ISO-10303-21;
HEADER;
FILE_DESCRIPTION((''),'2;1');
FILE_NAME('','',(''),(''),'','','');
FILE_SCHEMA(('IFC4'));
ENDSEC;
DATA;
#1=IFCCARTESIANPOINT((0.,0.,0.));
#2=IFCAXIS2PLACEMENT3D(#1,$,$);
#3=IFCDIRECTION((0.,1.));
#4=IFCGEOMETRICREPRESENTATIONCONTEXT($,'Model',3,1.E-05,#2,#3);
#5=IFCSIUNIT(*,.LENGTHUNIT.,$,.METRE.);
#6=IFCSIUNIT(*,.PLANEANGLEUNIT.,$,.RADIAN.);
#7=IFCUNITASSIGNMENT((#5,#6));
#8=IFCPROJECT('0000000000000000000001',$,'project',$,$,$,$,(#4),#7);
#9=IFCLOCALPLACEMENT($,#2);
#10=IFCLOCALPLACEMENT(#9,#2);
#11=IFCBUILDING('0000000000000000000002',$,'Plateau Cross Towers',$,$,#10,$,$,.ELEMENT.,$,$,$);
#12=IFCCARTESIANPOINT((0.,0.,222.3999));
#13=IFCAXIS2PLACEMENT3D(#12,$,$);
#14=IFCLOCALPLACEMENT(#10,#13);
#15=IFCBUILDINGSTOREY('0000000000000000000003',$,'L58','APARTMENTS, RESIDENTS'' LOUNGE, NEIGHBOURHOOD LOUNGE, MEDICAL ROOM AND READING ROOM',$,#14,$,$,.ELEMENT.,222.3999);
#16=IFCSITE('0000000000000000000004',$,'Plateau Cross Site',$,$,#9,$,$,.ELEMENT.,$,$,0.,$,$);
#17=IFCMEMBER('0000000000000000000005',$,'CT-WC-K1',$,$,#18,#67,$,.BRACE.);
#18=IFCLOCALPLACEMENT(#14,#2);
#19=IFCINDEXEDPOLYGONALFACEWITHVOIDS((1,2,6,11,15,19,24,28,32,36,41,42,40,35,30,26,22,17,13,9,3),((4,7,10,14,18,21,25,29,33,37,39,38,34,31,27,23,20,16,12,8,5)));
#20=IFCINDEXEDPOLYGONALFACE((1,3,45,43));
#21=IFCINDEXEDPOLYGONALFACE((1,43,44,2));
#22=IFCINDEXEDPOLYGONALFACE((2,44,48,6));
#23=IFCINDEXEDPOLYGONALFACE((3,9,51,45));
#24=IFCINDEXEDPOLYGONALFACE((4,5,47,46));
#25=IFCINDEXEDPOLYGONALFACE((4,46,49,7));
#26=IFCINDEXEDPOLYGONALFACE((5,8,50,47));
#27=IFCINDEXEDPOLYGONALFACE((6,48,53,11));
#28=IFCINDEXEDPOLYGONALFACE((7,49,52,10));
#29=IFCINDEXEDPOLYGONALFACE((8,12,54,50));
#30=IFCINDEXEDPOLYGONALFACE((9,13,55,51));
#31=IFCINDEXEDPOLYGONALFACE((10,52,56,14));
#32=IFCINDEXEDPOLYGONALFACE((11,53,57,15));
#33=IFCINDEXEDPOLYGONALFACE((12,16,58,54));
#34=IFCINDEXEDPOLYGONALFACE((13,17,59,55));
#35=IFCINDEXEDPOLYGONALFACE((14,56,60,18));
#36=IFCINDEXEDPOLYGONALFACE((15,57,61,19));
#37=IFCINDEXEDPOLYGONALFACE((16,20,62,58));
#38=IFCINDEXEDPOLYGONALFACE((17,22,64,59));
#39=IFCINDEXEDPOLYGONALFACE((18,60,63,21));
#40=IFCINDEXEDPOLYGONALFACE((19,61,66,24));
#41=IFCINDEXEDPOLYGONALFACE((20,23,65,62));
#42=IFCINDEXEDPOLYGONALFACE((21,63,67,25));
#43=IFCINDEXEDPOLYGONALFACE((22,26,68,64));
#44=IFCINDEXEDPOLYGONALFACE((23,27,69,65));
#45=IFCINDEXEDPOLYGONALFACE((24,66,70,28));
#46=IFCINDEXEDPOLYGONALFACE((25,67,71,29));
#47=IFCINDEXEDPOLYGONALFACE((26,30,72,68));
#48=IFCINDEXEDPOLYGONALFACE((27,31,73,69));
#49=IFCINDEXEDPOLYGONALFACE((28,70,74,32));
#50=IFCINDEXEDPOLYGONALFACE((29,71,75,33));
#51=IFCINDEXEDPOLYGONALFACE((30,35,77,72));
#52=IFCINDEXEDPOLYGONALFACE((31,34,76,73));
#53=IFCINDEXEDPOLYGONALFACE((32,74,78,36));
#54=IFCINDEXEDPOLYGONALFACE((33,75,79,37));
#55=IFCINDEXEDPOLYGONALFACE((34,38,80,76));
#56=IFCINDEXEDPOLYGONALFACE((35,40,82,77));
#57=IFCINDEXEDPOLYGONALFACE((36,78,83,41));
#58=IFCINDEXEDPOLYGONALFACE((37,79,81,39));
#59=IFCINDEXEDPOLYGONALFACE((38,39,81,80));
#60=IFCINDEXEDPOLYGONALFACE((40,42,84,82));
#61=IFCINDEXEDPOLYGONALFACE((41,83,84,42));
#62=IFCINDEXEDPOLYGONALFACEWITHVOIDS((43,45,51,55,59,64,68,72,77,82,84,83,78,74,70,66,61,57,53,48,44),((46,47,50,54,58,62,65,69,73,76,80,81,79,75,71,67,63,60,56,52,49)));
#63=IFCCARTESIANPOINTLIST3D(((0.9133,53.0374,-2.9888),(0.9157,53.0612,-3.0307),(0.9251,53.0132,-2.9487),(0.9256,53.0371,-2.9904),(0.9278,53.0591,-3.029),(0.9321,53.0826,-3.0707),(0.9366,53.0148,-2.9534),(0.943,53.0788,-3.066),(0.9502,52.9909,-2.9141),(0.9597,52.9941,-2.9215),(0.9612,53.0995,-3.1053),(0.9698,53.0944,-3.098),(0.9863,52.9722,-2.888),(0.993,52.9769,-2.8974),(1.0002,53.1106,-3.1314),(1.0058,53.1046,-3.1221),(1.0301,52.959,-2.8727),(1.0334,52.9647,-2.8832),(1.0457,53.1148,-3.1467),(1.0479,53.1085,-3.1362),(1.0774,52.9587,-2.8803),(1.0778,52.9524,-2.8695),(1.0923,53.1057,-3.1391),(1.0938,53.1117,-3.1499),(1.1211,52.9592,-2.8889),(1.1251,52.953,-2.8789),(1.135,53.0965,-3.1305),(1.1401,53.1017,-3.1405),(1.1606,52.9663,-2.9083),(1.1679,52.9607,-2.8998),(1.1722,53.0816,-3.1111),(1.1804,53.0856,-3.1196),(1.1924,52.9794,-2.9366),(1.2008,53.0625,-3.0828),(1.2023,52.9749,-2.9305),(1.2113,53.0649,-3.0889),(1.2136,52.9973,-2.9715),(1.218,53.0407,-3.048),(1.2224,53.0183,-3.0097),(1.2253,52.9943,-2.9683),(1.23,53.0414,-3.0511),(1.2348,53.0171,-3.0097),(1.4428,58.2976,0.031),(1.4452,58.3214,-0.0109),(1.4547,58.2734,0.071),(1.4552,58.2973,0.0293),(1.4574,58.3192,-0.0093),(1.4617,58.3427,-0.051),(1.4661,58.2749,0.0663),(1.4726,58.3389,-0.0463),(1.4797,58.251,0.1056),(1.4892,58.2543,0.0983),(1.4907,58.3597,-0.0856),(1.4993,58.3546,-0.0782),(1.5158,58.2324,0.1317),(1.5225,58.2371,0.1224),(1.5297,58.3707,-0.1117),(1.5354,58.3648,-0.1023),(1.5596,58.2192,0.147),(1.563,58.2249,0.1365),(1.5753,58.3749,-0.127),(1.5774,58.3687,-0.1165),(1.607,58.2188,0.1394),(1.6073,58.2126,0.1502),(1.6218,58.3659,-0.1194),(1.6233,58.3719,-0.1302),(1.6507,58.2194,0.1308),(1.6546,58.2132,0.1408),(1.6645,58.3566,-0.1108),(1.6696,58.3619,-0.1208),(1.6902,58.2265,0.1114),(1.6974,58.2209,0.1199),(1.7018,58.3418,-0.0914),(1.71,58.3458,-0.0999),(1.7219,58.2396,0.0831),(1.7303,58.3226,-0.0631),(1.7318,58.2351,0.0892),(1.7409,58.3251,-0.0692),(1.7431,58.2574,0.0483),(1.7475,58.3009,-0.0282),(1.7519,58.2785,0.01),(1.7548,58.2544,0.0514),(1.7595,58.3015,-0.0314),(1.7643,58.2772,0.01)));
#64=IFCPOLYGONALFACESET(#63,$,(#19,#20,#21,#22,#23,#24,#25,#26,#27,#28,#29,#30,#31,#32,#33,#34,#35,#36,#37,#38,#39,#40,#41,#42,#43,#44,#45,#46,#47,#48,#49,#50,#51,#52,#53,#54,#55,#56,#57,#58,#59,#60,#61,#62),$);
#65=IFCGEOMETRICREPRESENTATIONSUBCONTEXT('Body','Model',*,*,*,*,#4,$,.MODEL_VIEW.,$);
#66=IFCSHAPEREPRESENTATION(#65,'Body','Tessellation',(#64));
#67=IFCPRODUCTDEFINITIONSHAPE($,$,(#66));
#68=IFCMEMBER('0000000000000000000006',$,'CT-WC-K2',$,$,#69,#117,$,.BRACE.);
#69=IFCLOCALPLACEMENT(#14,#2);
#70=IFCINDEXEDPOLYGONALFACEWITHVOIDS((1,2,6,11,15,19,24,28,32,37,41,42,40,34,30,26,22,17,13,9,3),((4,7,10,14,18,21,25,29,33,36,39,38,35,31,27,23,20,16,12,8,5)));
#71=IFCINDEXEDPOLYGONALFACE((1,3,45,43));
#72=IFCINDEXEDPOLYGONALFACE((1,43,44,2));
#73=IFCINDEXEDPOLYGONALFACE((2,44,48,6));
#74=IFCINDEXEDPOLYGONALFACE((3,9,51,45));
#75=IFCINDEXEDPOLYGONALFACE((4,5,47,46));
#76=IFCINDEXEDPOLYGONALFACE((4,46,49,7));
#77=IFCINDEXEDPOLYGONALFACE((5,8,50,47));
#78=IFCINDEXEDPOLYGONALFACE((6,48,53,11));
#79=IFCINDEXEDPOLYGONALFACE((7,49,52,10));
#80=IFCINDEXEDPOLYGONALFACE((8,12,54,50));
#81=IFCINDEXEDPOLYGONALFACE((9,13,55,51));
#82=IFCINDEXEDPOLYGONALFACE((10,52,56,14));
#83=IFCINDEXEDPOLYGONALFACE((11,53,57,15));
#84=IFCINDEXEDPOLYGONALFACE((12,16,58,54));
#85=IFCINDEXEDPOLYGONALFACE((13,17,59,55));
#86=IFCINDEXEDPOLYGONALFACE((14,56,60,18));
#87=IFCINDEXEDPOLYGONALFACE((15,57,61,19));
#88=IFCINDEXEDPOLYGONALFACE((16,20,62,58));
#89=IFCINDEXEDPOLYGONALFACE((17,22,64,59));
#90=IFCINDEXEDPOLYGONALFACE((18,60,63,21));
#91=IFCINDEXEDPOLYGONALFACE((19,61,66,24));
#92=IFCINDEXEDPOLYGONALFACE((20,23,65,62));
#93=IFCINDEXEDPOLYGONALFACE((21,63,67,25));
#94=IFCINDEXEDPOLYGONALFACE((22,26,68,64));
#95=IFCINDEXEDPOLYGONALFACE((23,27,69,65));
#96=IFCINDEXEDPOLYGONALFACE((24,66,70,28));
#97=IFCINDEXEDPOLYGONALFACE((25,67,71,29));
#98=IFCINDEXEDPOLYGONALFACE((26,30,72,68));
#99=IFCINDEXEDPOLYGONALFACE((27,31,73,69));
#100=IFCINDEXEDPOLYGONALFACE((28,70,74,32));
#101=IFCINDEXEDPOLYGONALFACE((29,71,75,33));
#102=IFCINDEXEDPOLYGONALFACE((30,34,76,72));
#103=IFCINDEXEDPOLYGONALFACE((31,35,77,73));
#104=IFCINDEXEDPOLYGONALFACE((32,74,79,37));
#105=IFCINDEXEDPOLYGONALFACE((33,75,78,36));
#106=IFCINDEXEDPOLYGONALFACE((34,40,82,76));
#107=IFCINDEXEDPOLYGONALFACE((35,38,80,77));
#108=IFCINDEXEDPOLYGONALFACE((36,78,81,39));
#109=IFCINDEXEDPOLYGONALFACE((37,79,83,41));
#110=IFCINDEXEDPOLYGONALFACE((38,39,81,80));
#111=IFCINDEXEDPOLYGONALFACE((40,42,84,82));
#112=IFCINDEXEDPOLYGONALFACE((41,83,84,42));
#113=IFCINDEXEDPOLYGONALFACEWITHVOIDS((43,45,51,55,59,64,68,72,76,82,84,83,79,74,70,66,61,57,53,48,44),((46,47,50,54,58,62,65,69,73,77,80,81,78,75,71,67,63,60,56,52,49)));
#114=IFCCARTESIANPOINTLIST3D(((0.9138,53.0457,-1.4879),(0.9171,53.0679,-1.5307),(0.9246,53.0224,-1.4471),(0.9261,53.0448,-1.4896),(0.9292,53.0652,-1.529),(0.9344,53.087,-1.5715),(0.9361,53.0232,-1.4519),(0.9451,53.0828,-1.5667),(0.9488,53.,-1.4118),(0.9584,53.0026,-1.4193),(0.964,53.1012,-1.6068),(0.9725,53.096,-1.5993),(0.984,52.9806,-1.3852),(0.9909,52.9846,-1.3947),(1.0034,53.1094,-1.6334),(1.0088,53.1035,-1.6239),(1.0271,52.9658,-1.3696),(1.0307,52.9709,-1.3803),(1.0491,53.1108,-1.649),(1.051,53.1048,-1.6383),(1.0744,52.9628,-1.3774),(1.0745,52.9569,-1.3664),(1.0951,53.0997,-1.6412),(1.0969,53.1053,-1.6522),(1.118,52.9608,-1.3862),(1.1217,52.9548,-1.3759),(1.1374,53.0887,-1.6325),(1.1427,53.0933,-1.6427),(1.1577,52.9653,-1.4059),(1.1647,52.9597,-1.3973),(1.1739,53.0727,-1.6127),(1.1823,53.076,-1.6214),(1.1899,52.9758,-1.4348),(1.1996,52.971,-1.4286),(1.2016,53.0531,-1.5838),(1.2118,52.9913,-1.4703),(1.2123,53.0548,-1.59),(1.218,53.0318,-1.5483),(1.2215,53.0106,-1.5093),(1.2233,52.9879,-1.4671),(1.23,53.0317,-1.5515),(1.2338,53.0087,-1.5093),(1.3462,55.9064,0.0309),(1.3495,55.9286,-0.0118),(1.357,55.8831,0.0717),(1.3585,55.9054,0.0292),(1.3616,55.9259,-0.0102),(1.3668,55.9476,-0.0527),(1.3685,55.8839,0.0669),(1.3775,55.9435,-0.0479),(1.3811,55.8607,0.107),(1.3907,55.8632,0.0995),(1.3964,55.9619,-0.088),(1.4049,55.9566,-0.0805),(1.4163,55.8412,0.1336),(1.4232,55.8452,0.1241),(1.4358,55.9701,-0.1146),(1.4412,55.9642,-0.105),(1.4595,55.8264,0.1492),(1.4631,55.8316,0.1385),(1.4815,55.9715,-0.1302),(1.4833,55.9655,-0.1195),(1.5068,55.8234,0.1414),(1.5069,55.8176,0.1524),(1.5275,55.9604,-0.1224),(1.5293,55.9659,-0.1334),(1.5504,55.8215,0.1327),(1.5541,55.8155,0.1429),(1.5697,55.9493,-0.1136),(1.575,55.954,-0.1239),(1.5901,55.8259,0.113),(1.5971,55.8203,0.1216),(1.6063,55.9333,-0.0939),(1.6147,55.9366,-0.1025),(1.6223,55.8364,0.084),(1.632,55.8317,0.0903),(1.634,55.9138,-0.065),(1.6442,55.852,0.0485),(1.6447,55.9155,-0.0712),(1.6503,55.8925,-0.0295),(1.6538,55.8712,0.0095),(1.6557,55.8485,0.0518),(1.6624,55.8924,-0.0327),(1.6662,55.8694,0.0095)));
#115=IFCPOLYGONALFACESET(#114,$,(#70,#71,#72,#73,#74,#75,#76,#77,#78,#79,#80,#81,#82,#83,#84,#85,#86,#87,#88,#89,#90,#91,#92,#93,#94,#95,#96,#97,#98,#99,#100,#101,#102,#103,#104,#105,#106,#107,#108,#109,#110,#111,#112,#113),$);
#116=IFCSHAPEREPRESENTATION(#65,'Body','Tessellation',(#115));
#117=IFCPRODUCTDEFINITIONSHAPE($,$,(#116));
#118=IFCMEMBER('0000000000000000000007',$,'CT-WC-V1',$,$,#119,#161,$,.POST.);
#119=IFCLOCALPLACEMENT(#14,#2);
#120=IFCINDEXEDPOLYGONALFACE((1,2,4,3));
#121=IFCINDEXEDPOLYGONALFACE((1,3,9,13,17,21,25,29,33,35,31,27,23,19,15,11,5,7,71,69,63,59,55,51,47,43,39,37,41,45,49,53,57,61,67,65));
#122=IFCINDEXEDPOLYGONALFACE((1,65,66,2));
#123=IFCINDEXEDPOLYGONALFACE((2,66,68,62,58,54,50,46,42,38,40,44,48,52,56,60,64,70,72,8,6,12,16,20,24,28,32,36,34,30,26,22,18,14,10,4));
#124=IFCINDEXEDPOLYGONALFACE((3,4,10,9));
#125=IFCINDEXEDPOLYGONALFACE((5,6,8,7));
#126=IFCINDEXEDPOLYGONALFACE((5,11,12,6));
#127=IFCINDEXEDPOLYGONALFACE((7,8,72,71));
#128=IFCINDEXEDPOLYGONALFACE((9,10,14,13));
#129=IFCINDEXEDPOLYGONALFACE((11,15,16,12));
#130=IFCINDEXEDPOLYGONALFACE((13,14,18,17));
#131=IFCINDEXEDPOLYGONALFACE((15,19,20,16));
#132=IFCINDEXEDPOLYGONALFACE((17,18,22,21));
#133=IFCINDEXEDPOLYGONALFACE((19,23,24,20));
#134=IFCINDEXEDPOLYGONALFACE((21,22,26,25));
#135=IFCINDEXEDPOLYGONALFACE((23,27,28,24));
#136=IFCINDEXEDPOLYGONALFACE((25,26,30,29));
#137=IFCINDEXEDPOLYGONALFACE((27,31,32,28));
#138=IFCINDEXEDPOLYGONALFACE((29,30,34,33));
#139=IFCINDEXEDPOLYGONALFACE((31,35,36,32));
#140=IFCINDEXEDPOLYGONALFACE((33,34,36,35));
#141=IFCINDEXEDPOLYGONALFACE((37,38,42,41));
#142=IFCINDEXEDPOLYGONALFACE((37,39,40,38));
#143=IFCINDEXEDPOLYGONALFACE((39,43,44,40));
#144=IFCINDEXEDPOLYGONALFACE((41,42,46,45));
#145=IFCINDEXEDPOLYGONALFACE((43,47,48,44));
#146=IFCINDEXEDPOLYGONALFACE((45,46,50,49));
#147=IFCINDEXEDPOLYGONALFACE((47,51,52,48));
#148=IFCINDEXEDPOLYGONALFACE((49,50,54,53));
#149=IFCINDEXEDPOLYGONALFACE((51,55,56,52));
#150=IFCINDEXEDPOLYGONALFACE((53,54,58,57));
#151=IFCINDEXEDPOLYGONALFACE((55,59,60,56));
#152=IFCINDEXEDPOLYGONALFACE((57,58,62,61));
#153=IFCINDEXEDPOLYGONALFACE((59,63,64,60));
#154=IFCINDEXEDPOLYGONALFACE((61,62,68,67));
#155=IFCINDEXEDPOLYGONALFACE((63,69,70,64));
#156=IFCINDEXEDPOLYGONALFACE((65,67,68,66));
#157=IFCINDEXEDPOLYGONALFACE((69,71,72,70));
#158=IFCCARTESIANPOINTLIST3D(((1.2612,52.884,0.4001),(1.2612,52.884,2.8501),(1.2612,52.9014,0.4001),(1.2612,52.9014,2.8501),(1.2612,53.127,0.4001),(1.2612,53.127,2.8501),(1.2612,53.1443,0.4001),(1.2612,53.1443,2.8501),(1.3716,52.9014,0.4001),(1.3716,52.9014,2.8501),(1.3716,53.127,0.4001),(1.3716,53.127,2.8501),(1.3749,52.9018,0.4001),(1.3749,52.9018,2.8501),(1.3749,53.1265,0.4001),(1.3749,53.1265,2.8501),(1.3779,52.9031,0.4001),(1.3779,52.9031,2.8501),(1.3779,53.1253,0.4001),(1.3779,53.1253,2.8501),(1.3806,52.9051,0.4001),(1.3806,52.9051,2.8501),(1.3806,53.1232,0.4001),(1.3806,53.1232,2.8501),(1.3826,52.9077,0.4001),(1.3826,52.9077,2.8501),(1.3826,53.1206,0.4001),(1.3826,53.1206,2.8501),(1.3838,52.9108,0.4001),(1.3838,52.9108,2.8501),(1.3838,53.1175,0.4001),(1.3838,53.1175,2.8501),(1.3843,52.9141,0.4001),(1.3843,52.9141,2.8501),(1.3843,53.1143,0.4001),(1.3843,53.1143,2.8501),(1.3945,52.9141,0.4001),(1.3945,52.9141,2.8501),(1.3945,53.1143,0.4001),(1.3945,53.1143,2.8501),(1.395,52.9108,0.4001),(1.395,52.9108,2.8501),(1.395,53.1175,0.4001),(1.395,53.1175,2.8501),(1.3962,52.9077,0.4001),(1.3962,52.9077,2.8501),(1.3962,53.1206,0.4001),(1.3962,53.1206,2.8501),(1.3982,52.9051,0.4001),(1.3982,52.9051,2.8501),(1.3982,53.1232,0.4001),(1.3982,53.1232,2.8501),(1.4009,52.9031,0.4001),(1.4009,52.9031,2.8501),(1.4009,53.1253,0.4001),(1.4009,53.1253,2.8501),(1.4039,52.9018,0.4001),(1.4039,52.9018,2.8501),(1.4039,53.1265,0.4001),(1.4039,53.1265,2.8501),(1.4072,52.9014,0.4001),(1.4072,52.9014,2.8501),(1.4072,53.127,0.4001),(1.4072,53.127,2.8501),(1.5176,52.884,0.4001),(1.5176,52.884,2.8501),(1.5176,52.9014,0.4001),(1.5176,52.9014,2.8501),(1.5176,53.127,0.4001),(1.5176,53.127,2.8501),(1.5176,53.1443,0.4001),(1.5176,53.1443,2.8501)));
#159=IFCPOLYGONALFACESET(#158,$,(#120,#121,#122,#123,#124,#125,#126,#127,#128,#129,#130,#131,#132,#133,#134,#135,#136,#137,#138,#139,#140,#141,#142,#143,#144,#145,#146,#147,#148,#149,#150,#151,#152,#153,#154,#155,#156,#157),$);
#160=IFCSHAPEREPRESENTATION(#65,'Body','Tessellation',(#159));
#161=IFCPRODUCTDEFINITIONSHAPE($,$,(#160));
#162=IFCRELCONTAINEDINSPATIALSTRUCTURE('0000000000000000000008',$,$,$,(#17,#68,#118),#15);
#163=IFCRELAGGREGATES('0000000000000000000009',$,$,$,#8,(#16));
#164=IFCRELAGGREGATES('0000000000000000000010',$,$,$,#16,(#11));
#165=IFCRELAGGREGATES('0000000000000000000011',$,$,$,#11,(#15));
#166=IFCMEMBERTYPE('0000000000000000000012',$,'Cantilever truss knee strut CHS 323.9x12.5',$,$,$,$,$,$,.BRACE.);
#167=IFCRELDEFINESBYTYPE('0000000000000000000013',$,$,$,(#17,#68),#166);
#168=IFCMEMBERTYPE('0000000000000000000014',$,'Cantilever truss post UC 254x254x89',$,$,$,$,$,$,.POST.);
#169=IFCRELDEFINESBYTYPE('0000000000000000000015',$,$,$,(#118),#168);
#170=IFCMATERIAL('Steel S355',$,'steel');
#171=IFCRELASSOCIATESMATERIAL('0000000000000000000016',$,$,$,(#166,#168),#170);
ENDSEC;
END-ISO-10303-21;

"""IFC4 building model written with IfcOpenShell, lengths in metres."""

from ifc_helpers import new_model, si_unit, direction, frame, origin, origin_2d, place, context, subcontext, project, spatial, hollow_circle, i_section, extrude, material, material_profile, profile_set, type_object, element, save


model = new_model("IFC4")

# Units and contexts
model_context = context("Model", 3, precision=1e-05, world=origin(), true_north=direction((0.0, 1.0)))
body_context = subcontext(model_context, "Body", "Model", "MODEL_VIEW")
ifc_project = project(units=[si_unit("LENGTHUNIT", "METRE"), si_unit("PLANEANGLEUNIT", "RADIAN")], contexts=[model_context])

# Site, building, storey
site_placement = place(None, origin())
site = spatial("IfcSite", under=ifc_project, at=site_placement, Name="Plateau Cross Site", CompositionType="ELEMENT", RefElevation=0.0)
building_placement = place(site_placement, origin())
building = spatial("IfcBuilding", under=site, at=building_placement, Name="Plateau Cross Towers", CompositionType="ELEMENT")
storey_placement = place(building_placement, frame((0.0, 0.0, 222.3999)))
storey = spatial("IfcBuildingStorey", under=building, at=storey_placement, Name="L58", Description="APARTMENTS, RESIDENTS' LOUNGE, NEIGHBOURHOOD LOUNGE, MEDICAL ROOM AND READING ROOM", CompositionType="ELEMENT", Elevation=222.3999)

# Members
ifc_material_1 = material(Name="Steel S355", Category="steel")
ifc_material_profile_1 = material_profile(ifc_material_1, hollow_circle(Radius=0.1619, WallThickness=0.0125, at=origin_2d()), Name="CHS 323.9x12.5")
ifc_profile_set_1 = profile_set([ifc_material_profile_1], Name="Steel S355")
member_type_1 = type_object("IfcMemberType", Name="Cantilever truss knee strut CHS 323.9x12.5", PredefinedType="BRACE", material=ifc_profile_set_1)
member_1_placement = place(storey_placement, frame((1.6033, 58.2935, 0.01), z_axis=(-0.086974, -0.863967, -0.495981), x_axis=(0.994971, -0.100162, 0.0)))
element("IfcMember", 1, at=member_1_placement, inside=storey, type_object=member_type_1, Name="CT-WC-K1", PredefinedType="BRACE", context=body_context, shape_type="SweptSolid", body=[
    extrude(hollow_circle(Radius=0.1619, WallThickness=0.0125, at=origin_2d()), origin(), (0.0, 0.0, 1.0), 6.0884),
])
member_2_placement = place(storey_placement, frame((1.5061, 55.8936, 0.0095), z_axis=(-0.132324, -0.875463, -0.464817), x_axis=(0.988769, -0.14945, 0.0)))
element("IfcMember", 2, at=member_2_placement, inside=storey, type_object=member_type_1, Name="CT-WC-K2", PredefinedType="BRACE", context=body_context, shape_type="SweptSolid", body=[
    extrude(hollow_circle(Radius=0.1619, WallThickness=0.0125, at=origin_2d()), origin(), (0.0, 0.0, 1.0), 3.2676),
])
ifc_material_profile_2 = material_profile(ifc_material_1, i_section(OverallWidth=0.2563, OverallDepth=0.2603, WebThickness=0.0103, FlangeThickness=0.0173, FilletRadius=0.0127, at=origin_2d()), Name="UC 254x254x89")
ifc_profile_set_2 = profile_set([ifc_material_profile_2], Name="Steel S355")
member_type_2 = type_object("IfcMemberType", Name="Cantilever truss post UC 254x254x89", PredefinedType="POST", material=ifc_profile_set_2)
for number, where, z_axis, x_axis, name in (
    (3, (1.3894, 53.0142, 0.4001), (0.0, 0.0, 1.0), (1.0, 0.0, 0.0), "CT-WC-V1"),
):
    element("IfcMember", number, at=place(storey_placement, frame(where, z_axis=z_axis, x_axis=x_axis)), inside=storey, type_object=member_type_2, Name=name, PredefinedType="POST", context=body_context, shape_type="SweptSolid", body=[
        extrude(i_section(OverallWidth=0.2563, OverallDepth=0.2603, WebThickness=0.0103, FlangeThickness=0.0173, FilletRadius=0.0127, at=origin_2d()), origin(), (0.0, 0.0, 1.0), 2.45),
    ])

save(model, "model.ifc")
